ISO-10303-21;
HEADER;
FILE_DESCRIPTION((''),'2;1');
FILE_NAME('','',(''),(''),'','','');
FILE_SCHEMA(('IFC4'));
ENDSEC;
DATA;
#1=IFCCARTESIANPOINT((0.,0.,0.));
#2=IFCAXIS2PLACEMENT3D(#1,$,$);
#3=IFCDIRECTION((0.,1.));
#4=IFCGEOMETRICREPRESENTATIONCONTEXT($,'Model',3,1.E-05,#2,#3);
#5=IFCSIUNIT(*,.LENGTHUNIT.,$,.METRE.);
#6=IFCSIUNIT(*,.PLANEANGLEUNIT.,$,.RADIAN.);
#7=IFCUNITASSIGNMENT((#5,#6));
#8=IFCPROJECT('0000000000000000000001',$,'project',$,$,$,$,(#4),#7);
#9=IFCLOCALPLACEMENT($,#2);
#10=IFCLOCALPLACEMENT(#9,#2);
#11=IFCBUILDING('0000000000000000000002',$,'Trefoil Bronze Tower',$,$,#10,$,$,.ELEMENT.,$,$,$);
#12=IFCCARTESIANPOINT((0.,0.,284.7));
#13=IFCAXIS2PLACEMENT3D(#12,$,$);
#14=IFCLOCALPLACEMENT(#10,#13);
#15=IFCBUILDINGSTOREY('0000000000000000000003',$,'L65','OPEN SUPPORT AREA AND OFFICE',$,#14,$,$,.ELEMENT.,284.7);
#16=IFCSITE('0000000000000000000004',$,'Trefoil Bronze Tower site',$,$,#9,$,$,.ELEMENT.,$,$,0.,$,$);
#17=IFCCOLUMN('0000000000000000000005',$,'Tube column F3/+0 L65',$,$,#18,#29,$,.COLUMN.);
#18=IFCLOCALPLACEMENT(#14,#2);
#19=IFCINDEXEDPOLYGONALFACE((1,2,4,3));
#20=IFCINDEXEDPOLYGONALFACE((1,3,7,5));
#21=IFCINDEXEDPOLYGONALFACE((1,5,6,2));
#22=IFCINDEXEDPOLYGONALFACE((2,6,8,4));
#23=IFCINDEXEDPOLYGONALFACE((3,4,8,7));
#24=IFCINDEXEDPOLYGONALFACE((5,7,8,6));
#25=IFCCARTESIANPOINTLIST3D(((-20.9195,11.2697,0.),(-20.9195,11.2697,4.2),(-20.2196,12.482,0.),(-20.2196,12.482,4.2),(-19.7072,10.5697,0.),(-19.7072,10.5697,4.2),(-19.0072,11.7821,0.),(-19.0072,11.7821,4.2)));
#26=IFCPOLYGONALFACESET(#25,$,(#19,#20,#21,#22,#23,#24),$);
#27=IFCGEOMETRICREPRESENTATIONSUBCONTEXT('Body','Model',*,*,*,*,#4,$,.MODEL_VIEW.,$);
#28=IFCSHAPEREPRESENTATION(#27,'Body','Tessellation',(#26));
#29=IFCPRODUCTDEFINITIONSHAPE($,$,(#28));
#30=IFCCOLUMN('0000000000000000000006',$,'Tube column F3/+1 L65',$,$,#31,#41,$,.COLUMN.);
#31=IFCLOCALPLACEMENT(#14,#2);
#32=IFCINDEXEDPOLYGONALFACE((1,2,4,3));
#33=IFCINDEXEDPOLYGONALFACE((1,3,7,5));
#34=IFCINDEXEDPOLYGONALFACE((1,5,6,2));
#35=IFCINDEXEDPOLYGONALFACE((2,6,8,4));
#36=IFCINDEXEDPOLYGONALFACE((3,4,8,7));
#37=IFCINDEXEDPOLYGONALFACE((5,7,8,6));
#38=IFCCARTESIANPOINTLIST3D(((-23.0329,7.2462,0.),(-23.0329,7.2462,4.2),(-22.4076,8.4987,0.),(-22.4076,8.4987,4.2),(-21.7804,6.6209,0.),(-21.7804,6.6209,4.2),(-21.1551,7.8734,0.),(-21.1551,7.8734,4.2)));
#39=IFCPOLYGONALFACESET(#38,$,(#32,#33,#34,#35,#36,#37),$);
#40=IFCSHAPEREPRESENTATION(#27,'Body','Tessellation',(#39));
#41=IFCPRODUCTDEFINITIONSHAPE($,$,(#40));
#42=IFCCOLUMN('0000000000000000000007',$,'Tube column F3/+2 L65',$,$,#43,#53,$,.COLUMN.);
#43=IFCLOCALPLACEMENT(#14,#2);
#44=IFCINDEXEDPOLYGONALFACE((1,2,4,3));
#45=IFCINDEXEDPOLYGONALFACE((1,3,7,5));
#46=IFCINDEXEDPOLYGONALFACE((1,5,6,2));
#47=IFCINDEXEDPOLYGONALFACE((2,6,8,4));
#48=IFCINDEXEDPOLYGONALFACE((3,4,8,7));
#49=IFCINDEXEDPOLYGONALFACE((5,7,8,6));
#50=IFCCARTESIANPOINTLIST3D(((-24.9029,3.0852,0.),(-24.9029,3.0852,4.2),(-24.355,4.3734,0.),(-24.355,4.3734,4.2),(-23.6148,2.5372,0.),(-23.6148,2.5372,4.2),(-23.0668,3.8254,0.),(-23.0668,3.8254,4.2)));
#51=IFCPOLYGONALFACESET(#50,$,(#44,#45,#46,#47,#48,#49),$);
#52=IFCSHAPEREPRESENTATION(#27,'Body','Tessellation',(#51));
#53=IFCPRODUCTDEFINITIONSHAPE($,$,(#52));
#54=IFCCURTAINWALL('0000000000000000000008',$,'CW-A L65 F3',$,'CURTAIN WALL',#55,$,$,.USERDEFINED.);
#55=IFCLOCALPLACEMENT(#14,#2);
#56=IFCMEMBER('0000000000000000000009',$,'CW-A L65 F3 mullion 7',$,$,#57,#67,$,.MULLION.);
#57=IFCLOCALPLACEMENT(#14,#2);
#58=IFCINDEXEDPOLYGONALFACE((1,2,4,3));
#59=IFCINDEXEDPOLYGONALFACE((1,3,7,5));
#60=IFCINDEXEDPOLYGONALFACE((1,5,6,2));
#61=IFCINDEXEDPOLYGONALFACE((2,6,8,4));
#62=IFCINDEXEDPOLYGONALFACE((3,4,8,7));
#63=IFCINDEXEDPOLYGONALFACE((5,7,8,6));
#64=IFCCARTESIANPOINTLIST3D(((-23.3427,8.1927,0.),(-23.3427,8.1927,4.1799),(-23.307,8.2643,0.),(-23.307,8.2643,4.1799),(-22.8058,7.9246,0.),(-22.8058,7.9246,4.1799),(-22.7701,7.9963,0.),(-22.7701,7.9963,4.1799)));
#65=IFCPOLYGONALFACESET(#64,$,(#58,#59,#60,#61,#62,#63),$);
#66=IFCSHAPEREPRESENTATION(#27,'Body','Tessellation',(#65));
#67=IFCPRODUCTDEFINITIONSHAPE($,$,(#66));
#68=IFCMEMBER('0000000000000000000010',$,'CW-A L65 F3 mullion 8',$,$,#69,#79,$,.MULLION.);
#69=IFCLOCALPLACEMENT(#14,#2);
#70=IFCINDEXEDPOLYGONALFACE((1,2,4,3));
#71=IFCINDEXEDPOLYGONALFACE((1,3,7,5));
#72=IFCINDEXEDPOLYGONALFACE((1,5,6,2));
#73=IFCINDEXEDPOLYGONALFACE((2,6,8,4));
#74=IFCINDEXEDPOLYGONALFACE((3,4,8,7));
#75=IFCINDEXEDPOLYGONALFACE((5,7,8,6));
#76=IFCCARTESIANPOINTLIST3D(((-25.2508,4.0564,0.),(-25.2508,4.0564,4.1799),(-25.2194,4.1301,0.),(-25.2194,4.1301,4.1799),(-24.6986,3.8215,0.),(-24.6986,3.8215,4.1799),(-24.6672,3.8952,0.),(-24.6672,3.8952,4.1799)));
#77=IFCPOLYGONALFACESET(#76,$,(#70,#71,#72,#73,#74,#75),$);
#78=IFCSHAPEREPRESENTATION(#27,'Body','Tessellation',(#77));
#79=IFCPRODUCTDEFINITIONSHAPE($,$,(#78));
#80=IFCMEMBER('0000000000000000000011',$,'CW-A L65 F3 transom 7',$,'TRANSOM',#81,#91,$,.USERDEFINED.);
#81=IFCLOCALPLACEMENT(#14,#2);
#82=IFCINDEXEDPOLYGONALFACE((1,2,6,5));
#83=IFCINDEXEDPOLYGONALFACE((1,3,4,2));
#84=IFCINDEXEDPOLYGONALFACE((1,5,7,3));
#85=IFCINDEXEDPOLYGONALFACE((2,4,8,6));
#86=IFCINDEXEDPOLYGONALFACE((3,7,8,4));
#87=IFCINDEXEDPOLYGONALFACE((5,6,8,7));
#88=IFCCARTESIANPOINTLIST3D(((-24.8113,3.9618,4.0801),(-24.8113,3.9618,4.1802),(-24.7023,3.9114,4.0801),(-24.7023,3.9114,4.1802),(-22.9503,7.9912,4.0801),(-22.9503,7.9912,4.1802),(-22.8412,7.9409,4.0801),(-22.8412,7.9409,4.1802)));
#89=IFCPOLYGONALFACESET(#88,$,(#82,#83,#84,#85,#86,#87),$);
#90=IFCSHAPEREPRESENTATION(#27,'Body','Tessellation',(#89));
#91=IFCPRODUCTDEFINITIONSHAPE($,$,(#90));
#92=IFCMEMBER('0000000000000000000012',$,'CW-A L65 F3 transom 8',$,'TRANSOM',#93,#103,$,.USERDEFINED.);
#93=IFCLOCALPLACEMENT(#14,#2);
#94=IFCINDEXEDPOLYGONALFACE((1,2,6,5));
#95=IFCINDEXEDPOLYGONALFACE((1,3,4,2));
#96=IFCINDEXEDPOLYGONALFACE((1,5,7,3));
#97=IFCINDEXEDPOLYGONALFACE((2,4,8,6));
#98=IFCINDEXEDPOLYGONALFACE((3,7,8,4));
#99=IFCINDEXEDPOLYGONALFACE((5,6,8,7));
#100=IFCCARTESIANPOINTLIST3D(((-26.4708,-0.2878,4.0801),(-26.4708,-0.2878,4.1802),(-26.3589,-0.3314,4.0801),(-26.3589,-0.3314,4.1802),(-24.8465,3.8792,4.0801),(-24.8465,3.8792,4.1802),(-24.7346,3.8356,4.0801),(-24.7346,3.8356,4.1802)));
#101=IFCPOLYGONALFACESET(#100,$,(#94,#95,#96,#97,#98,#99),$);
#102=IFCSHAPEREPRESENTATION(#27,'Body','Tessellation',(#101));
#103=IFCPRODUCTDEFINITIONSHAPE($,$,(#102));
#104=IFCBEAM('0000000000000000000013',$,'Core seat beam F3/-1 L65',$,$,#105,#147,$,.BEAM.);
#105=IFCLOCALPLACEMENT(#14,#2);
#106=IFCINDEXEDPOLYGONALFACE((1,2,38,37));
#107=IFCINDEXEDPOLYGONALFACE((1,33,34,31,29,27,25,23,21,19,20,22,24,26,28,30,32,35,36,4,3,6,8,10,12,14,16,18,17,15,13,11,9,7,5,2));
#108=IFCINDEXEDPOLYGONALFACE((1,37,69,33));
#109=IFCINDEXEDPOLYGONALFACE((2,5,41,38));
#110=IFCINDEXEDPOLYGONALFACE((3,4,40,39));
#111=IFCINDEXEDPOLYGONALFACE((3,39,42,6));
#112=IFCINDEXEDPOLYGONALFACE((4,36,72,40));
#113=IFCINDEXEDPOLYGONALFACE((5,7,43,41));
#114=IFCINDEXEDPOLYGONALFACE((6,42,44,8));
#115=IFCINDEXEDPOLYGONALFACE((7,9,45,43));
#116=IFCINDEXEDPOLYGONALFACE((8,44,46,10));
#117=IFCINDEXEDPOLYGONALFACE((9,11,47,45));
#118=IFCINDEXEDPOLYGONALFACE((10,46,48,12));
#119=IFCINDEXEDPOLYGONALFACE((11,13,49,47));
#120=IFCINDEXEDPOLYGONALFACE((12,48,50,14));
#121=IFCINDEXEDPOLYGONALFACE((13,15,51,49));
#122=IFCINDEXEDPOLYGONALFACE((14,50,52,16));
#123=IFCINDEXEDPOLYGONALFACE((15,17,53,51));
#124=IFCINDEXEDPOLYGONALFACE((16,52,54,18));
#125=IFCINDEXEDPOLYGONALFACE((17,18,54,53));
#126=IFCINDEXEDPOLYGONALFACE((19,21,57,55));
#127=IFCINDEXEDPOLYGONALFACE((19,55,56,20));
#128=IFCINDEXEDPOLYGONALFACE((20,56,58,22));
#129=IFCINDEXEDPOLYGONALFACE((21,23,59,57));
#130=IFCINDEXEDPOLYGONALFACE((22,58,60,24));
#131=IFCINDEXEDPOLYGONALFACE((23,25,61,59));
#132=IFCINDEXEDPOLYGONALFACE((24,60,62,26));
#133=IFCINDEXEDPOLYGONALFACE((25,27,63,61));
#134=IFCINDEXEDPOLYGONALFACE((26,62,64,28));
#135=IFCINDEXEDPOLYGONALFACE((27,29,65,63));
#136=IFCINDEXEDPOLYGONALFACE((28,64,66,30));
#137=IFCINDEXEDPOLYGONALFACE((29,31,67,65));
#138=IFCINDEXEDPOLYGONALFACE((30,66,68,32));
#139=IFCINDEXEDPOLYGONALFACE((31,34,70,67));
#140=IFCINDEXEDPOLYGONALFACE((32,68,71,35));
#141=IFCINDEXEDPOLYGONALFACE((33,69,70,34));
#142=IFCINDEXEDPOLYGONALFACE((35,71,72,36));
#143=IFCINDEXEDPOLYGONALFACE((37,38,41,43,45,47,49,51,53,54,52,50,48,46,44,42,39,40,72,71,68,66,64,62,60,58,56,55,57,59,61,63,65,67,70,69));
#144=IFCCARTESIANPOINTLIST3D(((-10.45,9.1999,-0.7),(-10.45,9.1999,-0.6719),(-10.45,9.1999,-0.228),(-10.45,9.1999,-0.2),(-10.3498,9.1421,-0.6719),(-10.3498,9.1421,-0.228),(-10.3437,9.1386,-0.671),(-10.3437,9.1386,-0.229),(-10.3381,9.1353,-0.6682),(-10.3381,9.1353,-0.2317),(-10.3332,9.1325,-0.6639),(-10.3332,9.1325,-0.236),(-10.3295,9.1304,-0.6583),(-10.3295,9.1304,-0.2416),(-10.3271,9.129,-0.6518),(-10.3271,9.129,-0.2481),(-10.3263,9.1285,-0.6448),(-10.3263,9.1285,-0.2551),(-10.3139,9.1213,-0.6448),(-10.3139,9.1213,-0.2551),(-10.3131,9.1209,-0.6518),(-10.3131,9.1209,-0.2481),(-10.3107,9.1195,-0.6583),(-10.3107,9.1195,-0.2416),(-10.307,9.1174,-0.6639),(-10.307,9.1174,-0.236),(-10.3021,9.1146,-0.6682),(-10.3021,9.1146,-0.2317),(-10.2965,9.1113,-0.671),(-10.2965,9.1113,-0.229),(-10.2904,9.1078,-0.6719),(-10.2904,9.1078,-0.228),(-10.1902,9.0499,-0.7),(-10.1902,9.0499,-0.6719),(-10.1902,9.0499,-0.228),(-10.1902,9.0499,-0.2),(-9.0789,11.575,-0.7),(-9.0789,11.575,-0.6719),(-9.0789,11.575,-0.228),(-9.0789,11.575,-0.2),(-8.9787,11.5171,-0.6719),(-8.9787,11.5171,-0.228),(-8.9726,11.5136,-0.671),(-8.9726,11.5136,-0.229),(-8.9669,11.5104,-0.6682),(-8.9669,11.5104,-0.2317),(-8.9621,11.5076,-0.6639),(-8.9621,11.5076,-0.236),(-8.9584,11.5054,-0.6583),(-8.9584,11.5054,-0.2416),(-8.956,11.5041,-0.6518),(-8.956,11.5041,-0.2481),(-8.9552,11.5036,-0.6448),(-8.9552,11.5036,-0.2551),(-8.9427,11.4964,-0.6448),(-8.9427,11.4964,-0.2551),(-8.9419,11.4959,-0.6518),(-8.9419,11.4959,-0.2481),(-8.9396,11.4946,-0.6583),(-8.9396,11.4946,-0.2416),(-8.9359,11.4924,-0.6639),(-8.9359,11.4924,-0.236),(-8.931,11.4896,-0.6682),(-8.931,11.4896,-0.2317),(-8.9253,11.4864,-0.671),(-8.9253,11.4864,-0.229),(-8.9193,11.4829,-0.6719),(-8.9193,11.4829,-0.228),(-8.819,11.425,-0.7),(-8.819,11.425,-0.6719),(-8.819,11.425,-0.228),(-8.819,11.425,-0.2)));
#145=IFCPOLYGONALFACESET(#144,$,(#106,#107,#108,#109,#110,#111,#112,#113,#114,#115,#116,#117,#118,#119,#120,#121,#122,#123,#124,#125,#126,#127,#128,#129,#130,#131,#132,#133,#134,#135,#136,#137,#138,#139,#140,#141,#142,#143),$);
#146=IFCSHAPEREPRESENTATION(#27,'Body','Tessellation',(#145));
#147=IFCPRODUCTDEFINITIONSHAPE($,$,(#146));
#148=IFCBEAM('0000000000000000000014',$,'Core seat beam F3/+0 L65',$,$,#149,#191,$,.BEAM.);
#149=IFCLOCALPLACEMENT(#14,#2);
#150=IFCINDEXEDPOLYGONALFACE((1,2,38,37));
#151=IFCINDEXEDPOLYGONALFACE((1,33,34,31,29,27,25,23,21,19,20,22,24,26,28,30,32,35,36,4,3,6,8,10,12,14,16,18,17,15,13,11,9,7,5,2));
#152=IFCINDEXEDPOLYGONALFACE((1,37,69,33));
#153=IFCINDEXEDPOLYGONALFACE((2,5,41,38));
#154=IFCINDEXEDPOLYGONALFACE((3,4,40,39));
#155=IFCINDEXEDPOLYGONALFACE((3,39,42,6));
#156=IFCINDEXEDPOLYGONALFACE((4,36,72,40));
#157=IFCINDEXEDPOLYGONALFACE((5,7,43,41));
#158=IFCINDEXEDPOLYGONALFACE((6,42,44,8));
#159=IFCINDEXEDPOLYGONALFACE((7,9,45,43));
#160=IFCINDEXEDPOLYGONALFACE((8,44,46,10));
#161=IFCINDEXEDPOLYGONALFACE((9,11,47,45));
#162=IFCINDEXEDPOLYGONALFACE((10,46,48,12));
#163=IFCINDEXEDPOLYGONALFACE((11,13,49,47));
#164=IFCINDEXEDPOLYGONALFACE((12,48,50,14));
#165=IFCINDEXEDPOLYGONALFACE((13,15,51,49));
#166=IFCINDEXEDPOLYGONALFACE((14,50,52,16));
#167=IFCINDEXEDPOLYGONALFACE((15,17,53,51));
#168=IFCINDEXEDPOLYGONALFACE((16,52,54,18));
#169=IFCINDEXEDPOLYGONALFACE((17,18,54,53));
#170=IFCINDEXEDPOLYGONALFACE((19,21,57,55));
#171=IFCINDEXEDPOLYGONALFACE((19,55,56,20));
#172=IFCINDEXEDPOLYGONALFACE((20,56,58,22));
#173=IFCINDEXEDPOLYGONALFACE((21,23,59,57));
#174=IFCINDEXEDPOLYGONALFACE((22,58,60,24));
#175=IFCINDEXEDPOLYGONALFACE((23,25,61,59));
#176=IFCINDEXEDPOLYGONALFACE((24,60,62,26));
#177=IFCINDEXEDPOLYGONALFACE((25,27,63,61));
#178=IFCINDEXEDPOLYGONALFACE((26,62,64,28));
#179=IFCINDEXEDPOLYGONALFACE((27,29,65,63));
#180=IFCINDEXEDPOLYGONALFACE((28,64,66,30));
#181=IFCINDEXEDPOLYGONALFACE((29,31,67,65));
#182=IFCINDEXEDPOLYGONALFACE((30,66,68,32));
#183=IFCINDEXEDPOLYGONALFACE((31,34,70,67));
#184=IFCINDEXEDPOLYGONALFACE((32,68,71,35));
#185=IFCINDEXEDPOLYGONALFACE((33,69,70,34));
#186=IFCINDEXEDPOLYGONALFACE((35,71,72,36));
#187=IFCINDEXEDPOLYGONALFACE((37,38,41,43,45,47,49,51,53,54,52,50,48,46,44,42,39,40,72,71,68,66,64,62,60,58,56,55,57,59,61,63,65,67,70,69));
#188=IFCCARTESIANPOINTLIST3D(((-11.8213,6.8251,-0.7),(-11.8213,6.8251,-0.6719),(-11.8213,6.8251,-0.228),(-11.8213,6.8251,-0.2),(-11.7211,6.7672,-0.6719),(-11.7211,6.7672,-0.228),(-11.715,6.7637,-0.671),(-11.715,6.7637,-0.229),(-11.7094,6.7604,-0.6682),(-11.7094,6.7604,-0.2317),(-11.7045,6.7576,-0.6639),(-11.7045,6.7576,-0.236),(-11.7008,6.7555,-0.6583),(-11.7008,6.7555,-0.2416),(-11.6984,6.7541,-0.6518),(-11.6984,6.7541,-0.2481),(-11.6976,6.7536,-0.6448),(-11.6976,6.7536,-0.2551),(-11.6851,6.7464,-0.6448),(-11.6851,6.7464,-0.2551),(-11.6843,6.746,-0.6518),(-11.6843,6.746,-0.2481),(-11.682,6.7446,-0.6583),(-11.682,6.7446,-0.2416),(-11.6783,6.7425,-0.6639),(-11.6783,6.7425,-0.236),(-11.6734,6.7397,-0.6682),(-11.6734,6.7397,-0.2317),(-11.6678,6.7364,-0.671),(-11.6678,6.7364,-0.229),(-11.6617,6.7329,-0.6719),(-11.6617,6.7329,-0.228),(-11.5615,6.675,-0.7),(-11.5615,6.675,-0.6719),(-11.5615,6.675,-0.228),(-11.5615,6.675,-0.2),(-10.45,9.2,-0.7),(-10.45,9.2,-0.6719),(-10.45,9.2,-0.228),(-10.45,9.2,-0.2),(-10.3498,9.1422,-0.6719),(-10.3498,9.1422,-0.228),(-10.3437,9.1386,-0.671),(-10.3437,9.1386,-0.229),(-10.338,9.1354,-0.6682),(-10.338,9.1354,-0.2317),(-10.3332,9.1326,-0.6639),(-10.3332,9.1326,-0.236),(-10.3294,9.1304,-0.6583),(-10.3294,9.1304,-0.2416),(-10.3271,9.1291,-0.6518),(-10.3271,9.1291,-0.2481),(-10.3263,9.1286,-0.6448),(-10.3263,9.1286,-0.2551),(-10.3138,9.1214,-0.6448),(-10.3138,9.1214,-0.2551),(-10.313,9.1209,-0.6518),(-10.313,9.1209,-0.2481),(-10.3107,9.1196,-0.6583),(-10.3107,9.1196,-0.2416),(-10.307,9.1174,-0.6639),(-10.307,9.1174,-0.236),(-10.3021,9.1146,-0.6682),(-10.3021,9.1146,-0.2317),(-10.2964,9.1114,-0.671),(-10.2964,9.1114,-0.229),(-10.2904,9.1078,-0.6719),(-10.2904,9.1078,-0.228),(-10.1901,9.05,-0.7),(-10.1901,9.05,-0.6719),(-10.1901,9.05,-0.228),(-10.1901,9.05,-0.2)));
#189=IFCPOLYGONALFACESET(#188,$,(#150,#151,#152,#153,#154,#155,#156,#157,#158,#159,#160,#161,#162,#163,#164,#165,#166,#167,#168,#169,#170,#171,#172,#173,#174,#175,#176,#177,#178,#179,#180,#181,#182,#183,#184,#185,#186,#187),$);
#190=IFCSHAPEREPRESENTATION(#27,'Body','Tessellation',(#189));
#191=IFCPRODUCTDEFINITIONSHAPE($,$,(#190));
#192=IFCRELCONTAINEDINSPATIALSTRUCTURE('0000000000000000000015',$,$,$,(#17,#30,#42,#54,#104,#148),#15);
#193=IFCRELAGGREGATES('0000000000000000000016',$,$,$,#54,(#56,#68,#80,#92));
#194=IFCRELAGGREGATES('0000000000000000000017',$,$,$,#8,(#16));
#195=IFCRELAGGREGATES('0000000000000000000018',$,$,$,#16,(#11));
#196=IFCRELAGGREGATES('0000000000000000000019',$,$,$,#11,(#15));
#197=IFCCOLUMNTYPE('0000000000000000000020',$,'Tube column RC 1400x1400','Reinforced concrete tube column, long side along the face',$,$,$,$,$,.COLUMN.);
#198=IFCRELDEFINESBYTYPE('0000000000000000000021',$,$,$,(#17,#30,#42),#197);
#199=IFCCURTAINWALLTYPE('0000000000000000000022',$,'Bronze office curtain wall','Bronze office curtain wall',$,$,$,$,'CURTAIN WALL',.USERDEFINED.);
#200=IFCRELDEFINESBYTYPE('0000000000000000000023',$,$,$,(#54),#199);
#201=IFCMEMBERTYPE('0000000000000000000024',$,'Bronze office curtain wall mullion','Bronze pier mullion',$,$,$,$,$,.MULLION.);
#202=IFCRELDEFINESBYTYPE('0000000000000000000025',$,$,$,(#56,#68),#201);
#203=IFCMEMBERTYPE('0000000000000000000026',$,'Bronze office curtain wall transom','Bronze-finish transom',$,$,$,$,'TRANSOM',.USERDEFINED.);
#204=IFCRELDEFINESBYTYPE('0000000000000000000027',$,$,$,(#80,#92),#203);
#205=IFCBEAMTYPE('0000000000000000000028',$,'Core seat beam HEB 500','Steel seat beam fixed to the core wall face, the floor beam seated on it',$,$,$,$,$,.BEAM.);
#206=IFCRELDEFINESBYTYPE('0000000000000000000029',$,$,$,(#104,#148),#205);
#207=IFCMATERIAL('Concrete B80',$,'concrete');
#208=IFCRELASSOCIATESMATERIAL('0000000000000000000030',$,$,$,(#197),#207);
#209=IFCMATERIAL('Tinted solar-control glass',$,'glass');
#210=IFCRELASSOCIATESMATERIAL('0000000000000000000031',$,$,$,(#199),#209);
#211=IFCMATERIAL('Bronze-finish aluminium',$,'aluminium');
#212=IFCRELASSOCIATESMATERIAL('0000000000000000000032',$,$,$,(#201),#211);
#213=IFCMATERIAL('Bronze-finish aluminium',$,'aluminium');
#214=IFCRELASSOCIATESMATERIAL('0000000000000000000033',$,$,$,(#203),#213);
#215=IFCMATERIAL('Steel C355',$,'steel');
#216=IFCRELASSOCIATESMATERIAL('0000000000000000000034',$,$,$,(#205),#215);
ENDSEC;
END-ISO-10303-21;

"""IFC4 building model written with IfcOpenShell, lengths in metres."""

from ifc_helpers import new_model, si_unit, direction, frame, origin, origin_2d, place, context, subcontext, project, spatial, rectangle, i_section, extrude, material, material_profile, profile_set, type_object, element, aggregate, save


model = new_model("IFC4")

# Units and contexts
model_context = context("Model", 3, precision=1e-05, world=origin(), true_north=direction((0.0, 1.0)))
body_context = subcontext(model_context, "Body", "Model", "MODEL_VIEW")
ifc_project = project(units=[si_unit("LENGTHUNIT", "METRE"), si_unit("PLANEANGLEUNIT", "RADIAN")], contexts=[model_context])

# Site, building, storey
site_placement = place(None, origin())
site = spatial("IfcSite", under=ifc_project, at=site_placement, Name="Trefoil Bronze Tower site", CompositionType="ELEMENT", RefElevation=0.0)
building_placement = place(site_placement, origin())
building = spatial("IfcBuilding", under=site, at=building_placement, Name="Trefoil Bronze Tower", CompositionType="ELEMENT")
storey_placement = place(building_placement, frame((0.0, 0.0, 284.7)))
storey = spatial("IfcBuildingStorey", under=building, at=storey_placement, Name="L65", Description="OPEN SUPPORT AREA AND OFFICE", CompositionType="ELEMENT", Elevation=284.7)

# Columns
ifc_material_1 = material(Name="Concrete B80", Category="concrete")
ifc_material_profile_1 = material_profile(ifc_material_1, rectangle(XDim=1.3999, YDim=1.3999, at=origin_2d()), Name="RC 1400x1400")
ifc_profile_set_1 = profile_set([ifc_material_profile_1], Name="Concrete B80")
column_type = type_object("IfcColumnType", Name="Tube column RC 1400x1400", Description="Reinforced concrete tube column, long side along the face", PredefinedType="COLUMN", material=ifc_profile_set_1)
for number, where, z_axis, x_axis, name in (
    (1, (-19.9634, 11.5259, 0.0), (0.0, 0.0, 1.0), (-0.5, -0.866025, 0.0), "Tube column F3/+0 L65"),
    (2, (-22.094, 7.5598, 0.0), (0.0, 0.0, 1.0), (-0.446641, -0.894713, 0.0), "Tube column F3/+1 L65"),
    (3, (-23.9849, 3.4553, 0.0), (0.0, 0.0, 1.0), (-0.391436, -0.920205, 0.0), "Tube column F3/+2 L65"),
):
    element("IfcColumn", number, at=place(storey_placement, frame(where, z_axis=z_axis, x_axis=x_axis)), inside=storey, type_object=column_type, Name=name, PredefinedType="COLUMN", context=body_context, shape_type="SweptSolid", body=[
        extrude(rectangle(XDim=1.3999, YDim=1.3999, at=origin_2d()), origin(), (0.0, 0.0, 1.0), 4.2),
    ])

# Curtain wall, members
ifc_material_2 = material(Name="Tinted solar-control glass", Category="glass")
curtain_wall_type = type_object("IfcCurtainWallType", Name="Bronze office curtain wall", Description="Bronze office curtain wall", ElementType="CURTAIN WALL", PredefinedType="USERDEFINED", material=ifc_material_2)
curtain_wall_placement = place(storey_placement, origin())
curtain_wall = element("IfcCurtainWall", 4, at=curtain_wall_placement, inside=storey, type_object=curtain_wall_type, Name="CW-A L65 F3", ObjectType="CURTAIN WALL", PredefinedType="USERDEFINED")
ifc_material_3 = material(Name="Bronze-finish aluminium", Category="aluminium")
ifc_material_profile_2 = material_profile(ifc_material_3, rectangle(XDim=0.6001, YDim=0.0801, at=origin_2d()), Name="CW-A mullion")
ifc_profile_set_2 = profile_set([ifc_material_profile_2], Name="Bronze-finish aluminium")
member_type_1 = type_object("IfcMemberType", Name="Bronze office curtain wall mullion", Description="Bronze pier mullion", PredefinedType="MULLION", material=ifc_profile_set_2)
member_1_placement = place(storey_placement, frame((-23.0564, 8.0945, 0.0), z_axis=(0.0, 0.0, 1.0), x_axis=(0.894713, -0.446641, 0.0)))
member_1 = element("IfcMember", 5, at=member_1_placement, type_object=member_type_1, Name="CW-A L65 F3 mullion 7", PredefinedType="MULLION", context=body_context, shape_type="SweptSolid", body=[
    extrude(rectangle(XDim=0.6001, YDim=0.0801, at=origin_2d()), origin(), (0.0, 0.0, 1.0), 4.1799),
])
member_2_placement = place(storey_placement, frame((-24.959, 3.9758, 0.0), z_axis=(0.0, 0.0, 1.0), x_axis=(0.920205, -0.391436, 0.0)))
member_2 = element("IfcMember", 6, at=member_2_placement, type_object=member_type_1, Name="CW-A L65 F3 mullion 8", PredefinedType="MULLION", context=body_context, shape_type="SweptSolid", body=[
    extrude(rectangle(XDim=0.6001, YDim=0.0801, at=origin_2d()), origin(), (0.0, 0.0, 1.0), 4.1799),
])
ifc_material_4 = material(Name="Bronze-finish aluminium", Category="aluminium")
ifc_material_profile_3 = material_profile(ifc_material_4, rectangle(XDim=0.1201, YDim=0.1001, at=origin_2d()), Name="CW-A transom")
ifc_profile_set_3 = profile_set([ifc_material_profile_3], Name="Bronze-finish aluminium")
member_type_2 = type_object("IfcMemberType", Name="Bronze office curtain wall transom", Description="Bronze-finish transom", ElementType="TRANSOM", PredefinedType="USERDEFINED", material=ifc_profile_set_3)
member_3_placement = place(storey_placement, frame((-22.8958, 7.9661, 4.1301), z_axis=(-0.419299, -0.907848, 0.0), x_axis=(0.907848, -0.419299, 0.0)))
member_3 = element("IfcMember", 7, at=member_3_placement, type_object=member_type_2, Name="CW-A L65 F3 transom 7", ObjectType="TRANSOM", PredefinedType="USERDEFINED", context=body_context, shape_type="SweptSolid", body=[
    extrude(rectangle(XDim=0.1201, YDim=0.1001, at=origin_2d()), origin(), (0.0, 0.0, 1.0), 4.4385),
])
member_4_placement = place(storey_placement, frame((-24.7905, 3.8574, 4.1301), z_axis=(-0.363178, -0.93172, 0.0), x_axis=(0.93172, -0.363178, 0.0)))
member_4 = element("IfcMember", 8, at=member_4_placement, type_object=member_type_2, Name="CW-A L65 F3 transom 8", ObjectType="TRANSOM", PredefinedType="USERDEFINED", context=body_context, shape_type="SweptSolid", body=[
    extrude(rectangle(XDim=0.1201, YDim=0.1001, at=origin_2d()), origin(), (0.0, 0.0, 1.0), 4.4724),
])

# Beams
ifc_material_5 = material(Name="Steel C355", Category="steel")
ifc_material_profile_4 = material_profile(ifc_material_5, i_section(OverallWidth=0.3, OverallDepth=0.5, WebThickness=0.0144, FlangeThickness=0.0281, FilletRadius=0.0271, at=origin_2d()), Name="HEB 500")
ifc_profile_set_4 = profile_set([ifc_material_profile_4], Name="Steel C355")
beam_type_1 = type_object("IfcBeamType", Name="Core seat beam HEB 500", Description="Steel seat beam fixed to the core wall face, the floor beam seated on it", PredefinedType="BEAM", material=ifc_profile_set_4)
for number, where, z_axis, x_axis, name in (
    (9, (-8.949, 11.5, -0.45), (-0.499969, -0.866043, 0.0), (0.866043, -0.499969, 0.0), "Core seat beam F3/-1 L65"),
    (10, (-10.3201, 9.125, -0.45), (-0.500036, -0.866005, 0.0), (0.866005, -0.500036, 0.0), "Core seat beam F3/+0 L65"),
):
    element("IfcBeam", number, at=place(storey_placement, frame(where, z_axis=z_axis, x_axis=x_axis)), inside=storey, type_object=beam_type_1, Name=name, PredefinedType="BEAM", context=body_context, shape_type="SweptSolid", body=[
        extrude(i_section(OverallWidth=0.3, OverallDepth=0.5, WebThickness=0.0144, FlangeThickness=0.0281, FilletRadius=0.0271, at=origin_2d()), origin(), (0.0, 0.0, 1.0), 2.7424),
    ])

aggregate(curtain_wall, [member_1, member_2, member_3, member_4])

save(model, "model.ifc")
